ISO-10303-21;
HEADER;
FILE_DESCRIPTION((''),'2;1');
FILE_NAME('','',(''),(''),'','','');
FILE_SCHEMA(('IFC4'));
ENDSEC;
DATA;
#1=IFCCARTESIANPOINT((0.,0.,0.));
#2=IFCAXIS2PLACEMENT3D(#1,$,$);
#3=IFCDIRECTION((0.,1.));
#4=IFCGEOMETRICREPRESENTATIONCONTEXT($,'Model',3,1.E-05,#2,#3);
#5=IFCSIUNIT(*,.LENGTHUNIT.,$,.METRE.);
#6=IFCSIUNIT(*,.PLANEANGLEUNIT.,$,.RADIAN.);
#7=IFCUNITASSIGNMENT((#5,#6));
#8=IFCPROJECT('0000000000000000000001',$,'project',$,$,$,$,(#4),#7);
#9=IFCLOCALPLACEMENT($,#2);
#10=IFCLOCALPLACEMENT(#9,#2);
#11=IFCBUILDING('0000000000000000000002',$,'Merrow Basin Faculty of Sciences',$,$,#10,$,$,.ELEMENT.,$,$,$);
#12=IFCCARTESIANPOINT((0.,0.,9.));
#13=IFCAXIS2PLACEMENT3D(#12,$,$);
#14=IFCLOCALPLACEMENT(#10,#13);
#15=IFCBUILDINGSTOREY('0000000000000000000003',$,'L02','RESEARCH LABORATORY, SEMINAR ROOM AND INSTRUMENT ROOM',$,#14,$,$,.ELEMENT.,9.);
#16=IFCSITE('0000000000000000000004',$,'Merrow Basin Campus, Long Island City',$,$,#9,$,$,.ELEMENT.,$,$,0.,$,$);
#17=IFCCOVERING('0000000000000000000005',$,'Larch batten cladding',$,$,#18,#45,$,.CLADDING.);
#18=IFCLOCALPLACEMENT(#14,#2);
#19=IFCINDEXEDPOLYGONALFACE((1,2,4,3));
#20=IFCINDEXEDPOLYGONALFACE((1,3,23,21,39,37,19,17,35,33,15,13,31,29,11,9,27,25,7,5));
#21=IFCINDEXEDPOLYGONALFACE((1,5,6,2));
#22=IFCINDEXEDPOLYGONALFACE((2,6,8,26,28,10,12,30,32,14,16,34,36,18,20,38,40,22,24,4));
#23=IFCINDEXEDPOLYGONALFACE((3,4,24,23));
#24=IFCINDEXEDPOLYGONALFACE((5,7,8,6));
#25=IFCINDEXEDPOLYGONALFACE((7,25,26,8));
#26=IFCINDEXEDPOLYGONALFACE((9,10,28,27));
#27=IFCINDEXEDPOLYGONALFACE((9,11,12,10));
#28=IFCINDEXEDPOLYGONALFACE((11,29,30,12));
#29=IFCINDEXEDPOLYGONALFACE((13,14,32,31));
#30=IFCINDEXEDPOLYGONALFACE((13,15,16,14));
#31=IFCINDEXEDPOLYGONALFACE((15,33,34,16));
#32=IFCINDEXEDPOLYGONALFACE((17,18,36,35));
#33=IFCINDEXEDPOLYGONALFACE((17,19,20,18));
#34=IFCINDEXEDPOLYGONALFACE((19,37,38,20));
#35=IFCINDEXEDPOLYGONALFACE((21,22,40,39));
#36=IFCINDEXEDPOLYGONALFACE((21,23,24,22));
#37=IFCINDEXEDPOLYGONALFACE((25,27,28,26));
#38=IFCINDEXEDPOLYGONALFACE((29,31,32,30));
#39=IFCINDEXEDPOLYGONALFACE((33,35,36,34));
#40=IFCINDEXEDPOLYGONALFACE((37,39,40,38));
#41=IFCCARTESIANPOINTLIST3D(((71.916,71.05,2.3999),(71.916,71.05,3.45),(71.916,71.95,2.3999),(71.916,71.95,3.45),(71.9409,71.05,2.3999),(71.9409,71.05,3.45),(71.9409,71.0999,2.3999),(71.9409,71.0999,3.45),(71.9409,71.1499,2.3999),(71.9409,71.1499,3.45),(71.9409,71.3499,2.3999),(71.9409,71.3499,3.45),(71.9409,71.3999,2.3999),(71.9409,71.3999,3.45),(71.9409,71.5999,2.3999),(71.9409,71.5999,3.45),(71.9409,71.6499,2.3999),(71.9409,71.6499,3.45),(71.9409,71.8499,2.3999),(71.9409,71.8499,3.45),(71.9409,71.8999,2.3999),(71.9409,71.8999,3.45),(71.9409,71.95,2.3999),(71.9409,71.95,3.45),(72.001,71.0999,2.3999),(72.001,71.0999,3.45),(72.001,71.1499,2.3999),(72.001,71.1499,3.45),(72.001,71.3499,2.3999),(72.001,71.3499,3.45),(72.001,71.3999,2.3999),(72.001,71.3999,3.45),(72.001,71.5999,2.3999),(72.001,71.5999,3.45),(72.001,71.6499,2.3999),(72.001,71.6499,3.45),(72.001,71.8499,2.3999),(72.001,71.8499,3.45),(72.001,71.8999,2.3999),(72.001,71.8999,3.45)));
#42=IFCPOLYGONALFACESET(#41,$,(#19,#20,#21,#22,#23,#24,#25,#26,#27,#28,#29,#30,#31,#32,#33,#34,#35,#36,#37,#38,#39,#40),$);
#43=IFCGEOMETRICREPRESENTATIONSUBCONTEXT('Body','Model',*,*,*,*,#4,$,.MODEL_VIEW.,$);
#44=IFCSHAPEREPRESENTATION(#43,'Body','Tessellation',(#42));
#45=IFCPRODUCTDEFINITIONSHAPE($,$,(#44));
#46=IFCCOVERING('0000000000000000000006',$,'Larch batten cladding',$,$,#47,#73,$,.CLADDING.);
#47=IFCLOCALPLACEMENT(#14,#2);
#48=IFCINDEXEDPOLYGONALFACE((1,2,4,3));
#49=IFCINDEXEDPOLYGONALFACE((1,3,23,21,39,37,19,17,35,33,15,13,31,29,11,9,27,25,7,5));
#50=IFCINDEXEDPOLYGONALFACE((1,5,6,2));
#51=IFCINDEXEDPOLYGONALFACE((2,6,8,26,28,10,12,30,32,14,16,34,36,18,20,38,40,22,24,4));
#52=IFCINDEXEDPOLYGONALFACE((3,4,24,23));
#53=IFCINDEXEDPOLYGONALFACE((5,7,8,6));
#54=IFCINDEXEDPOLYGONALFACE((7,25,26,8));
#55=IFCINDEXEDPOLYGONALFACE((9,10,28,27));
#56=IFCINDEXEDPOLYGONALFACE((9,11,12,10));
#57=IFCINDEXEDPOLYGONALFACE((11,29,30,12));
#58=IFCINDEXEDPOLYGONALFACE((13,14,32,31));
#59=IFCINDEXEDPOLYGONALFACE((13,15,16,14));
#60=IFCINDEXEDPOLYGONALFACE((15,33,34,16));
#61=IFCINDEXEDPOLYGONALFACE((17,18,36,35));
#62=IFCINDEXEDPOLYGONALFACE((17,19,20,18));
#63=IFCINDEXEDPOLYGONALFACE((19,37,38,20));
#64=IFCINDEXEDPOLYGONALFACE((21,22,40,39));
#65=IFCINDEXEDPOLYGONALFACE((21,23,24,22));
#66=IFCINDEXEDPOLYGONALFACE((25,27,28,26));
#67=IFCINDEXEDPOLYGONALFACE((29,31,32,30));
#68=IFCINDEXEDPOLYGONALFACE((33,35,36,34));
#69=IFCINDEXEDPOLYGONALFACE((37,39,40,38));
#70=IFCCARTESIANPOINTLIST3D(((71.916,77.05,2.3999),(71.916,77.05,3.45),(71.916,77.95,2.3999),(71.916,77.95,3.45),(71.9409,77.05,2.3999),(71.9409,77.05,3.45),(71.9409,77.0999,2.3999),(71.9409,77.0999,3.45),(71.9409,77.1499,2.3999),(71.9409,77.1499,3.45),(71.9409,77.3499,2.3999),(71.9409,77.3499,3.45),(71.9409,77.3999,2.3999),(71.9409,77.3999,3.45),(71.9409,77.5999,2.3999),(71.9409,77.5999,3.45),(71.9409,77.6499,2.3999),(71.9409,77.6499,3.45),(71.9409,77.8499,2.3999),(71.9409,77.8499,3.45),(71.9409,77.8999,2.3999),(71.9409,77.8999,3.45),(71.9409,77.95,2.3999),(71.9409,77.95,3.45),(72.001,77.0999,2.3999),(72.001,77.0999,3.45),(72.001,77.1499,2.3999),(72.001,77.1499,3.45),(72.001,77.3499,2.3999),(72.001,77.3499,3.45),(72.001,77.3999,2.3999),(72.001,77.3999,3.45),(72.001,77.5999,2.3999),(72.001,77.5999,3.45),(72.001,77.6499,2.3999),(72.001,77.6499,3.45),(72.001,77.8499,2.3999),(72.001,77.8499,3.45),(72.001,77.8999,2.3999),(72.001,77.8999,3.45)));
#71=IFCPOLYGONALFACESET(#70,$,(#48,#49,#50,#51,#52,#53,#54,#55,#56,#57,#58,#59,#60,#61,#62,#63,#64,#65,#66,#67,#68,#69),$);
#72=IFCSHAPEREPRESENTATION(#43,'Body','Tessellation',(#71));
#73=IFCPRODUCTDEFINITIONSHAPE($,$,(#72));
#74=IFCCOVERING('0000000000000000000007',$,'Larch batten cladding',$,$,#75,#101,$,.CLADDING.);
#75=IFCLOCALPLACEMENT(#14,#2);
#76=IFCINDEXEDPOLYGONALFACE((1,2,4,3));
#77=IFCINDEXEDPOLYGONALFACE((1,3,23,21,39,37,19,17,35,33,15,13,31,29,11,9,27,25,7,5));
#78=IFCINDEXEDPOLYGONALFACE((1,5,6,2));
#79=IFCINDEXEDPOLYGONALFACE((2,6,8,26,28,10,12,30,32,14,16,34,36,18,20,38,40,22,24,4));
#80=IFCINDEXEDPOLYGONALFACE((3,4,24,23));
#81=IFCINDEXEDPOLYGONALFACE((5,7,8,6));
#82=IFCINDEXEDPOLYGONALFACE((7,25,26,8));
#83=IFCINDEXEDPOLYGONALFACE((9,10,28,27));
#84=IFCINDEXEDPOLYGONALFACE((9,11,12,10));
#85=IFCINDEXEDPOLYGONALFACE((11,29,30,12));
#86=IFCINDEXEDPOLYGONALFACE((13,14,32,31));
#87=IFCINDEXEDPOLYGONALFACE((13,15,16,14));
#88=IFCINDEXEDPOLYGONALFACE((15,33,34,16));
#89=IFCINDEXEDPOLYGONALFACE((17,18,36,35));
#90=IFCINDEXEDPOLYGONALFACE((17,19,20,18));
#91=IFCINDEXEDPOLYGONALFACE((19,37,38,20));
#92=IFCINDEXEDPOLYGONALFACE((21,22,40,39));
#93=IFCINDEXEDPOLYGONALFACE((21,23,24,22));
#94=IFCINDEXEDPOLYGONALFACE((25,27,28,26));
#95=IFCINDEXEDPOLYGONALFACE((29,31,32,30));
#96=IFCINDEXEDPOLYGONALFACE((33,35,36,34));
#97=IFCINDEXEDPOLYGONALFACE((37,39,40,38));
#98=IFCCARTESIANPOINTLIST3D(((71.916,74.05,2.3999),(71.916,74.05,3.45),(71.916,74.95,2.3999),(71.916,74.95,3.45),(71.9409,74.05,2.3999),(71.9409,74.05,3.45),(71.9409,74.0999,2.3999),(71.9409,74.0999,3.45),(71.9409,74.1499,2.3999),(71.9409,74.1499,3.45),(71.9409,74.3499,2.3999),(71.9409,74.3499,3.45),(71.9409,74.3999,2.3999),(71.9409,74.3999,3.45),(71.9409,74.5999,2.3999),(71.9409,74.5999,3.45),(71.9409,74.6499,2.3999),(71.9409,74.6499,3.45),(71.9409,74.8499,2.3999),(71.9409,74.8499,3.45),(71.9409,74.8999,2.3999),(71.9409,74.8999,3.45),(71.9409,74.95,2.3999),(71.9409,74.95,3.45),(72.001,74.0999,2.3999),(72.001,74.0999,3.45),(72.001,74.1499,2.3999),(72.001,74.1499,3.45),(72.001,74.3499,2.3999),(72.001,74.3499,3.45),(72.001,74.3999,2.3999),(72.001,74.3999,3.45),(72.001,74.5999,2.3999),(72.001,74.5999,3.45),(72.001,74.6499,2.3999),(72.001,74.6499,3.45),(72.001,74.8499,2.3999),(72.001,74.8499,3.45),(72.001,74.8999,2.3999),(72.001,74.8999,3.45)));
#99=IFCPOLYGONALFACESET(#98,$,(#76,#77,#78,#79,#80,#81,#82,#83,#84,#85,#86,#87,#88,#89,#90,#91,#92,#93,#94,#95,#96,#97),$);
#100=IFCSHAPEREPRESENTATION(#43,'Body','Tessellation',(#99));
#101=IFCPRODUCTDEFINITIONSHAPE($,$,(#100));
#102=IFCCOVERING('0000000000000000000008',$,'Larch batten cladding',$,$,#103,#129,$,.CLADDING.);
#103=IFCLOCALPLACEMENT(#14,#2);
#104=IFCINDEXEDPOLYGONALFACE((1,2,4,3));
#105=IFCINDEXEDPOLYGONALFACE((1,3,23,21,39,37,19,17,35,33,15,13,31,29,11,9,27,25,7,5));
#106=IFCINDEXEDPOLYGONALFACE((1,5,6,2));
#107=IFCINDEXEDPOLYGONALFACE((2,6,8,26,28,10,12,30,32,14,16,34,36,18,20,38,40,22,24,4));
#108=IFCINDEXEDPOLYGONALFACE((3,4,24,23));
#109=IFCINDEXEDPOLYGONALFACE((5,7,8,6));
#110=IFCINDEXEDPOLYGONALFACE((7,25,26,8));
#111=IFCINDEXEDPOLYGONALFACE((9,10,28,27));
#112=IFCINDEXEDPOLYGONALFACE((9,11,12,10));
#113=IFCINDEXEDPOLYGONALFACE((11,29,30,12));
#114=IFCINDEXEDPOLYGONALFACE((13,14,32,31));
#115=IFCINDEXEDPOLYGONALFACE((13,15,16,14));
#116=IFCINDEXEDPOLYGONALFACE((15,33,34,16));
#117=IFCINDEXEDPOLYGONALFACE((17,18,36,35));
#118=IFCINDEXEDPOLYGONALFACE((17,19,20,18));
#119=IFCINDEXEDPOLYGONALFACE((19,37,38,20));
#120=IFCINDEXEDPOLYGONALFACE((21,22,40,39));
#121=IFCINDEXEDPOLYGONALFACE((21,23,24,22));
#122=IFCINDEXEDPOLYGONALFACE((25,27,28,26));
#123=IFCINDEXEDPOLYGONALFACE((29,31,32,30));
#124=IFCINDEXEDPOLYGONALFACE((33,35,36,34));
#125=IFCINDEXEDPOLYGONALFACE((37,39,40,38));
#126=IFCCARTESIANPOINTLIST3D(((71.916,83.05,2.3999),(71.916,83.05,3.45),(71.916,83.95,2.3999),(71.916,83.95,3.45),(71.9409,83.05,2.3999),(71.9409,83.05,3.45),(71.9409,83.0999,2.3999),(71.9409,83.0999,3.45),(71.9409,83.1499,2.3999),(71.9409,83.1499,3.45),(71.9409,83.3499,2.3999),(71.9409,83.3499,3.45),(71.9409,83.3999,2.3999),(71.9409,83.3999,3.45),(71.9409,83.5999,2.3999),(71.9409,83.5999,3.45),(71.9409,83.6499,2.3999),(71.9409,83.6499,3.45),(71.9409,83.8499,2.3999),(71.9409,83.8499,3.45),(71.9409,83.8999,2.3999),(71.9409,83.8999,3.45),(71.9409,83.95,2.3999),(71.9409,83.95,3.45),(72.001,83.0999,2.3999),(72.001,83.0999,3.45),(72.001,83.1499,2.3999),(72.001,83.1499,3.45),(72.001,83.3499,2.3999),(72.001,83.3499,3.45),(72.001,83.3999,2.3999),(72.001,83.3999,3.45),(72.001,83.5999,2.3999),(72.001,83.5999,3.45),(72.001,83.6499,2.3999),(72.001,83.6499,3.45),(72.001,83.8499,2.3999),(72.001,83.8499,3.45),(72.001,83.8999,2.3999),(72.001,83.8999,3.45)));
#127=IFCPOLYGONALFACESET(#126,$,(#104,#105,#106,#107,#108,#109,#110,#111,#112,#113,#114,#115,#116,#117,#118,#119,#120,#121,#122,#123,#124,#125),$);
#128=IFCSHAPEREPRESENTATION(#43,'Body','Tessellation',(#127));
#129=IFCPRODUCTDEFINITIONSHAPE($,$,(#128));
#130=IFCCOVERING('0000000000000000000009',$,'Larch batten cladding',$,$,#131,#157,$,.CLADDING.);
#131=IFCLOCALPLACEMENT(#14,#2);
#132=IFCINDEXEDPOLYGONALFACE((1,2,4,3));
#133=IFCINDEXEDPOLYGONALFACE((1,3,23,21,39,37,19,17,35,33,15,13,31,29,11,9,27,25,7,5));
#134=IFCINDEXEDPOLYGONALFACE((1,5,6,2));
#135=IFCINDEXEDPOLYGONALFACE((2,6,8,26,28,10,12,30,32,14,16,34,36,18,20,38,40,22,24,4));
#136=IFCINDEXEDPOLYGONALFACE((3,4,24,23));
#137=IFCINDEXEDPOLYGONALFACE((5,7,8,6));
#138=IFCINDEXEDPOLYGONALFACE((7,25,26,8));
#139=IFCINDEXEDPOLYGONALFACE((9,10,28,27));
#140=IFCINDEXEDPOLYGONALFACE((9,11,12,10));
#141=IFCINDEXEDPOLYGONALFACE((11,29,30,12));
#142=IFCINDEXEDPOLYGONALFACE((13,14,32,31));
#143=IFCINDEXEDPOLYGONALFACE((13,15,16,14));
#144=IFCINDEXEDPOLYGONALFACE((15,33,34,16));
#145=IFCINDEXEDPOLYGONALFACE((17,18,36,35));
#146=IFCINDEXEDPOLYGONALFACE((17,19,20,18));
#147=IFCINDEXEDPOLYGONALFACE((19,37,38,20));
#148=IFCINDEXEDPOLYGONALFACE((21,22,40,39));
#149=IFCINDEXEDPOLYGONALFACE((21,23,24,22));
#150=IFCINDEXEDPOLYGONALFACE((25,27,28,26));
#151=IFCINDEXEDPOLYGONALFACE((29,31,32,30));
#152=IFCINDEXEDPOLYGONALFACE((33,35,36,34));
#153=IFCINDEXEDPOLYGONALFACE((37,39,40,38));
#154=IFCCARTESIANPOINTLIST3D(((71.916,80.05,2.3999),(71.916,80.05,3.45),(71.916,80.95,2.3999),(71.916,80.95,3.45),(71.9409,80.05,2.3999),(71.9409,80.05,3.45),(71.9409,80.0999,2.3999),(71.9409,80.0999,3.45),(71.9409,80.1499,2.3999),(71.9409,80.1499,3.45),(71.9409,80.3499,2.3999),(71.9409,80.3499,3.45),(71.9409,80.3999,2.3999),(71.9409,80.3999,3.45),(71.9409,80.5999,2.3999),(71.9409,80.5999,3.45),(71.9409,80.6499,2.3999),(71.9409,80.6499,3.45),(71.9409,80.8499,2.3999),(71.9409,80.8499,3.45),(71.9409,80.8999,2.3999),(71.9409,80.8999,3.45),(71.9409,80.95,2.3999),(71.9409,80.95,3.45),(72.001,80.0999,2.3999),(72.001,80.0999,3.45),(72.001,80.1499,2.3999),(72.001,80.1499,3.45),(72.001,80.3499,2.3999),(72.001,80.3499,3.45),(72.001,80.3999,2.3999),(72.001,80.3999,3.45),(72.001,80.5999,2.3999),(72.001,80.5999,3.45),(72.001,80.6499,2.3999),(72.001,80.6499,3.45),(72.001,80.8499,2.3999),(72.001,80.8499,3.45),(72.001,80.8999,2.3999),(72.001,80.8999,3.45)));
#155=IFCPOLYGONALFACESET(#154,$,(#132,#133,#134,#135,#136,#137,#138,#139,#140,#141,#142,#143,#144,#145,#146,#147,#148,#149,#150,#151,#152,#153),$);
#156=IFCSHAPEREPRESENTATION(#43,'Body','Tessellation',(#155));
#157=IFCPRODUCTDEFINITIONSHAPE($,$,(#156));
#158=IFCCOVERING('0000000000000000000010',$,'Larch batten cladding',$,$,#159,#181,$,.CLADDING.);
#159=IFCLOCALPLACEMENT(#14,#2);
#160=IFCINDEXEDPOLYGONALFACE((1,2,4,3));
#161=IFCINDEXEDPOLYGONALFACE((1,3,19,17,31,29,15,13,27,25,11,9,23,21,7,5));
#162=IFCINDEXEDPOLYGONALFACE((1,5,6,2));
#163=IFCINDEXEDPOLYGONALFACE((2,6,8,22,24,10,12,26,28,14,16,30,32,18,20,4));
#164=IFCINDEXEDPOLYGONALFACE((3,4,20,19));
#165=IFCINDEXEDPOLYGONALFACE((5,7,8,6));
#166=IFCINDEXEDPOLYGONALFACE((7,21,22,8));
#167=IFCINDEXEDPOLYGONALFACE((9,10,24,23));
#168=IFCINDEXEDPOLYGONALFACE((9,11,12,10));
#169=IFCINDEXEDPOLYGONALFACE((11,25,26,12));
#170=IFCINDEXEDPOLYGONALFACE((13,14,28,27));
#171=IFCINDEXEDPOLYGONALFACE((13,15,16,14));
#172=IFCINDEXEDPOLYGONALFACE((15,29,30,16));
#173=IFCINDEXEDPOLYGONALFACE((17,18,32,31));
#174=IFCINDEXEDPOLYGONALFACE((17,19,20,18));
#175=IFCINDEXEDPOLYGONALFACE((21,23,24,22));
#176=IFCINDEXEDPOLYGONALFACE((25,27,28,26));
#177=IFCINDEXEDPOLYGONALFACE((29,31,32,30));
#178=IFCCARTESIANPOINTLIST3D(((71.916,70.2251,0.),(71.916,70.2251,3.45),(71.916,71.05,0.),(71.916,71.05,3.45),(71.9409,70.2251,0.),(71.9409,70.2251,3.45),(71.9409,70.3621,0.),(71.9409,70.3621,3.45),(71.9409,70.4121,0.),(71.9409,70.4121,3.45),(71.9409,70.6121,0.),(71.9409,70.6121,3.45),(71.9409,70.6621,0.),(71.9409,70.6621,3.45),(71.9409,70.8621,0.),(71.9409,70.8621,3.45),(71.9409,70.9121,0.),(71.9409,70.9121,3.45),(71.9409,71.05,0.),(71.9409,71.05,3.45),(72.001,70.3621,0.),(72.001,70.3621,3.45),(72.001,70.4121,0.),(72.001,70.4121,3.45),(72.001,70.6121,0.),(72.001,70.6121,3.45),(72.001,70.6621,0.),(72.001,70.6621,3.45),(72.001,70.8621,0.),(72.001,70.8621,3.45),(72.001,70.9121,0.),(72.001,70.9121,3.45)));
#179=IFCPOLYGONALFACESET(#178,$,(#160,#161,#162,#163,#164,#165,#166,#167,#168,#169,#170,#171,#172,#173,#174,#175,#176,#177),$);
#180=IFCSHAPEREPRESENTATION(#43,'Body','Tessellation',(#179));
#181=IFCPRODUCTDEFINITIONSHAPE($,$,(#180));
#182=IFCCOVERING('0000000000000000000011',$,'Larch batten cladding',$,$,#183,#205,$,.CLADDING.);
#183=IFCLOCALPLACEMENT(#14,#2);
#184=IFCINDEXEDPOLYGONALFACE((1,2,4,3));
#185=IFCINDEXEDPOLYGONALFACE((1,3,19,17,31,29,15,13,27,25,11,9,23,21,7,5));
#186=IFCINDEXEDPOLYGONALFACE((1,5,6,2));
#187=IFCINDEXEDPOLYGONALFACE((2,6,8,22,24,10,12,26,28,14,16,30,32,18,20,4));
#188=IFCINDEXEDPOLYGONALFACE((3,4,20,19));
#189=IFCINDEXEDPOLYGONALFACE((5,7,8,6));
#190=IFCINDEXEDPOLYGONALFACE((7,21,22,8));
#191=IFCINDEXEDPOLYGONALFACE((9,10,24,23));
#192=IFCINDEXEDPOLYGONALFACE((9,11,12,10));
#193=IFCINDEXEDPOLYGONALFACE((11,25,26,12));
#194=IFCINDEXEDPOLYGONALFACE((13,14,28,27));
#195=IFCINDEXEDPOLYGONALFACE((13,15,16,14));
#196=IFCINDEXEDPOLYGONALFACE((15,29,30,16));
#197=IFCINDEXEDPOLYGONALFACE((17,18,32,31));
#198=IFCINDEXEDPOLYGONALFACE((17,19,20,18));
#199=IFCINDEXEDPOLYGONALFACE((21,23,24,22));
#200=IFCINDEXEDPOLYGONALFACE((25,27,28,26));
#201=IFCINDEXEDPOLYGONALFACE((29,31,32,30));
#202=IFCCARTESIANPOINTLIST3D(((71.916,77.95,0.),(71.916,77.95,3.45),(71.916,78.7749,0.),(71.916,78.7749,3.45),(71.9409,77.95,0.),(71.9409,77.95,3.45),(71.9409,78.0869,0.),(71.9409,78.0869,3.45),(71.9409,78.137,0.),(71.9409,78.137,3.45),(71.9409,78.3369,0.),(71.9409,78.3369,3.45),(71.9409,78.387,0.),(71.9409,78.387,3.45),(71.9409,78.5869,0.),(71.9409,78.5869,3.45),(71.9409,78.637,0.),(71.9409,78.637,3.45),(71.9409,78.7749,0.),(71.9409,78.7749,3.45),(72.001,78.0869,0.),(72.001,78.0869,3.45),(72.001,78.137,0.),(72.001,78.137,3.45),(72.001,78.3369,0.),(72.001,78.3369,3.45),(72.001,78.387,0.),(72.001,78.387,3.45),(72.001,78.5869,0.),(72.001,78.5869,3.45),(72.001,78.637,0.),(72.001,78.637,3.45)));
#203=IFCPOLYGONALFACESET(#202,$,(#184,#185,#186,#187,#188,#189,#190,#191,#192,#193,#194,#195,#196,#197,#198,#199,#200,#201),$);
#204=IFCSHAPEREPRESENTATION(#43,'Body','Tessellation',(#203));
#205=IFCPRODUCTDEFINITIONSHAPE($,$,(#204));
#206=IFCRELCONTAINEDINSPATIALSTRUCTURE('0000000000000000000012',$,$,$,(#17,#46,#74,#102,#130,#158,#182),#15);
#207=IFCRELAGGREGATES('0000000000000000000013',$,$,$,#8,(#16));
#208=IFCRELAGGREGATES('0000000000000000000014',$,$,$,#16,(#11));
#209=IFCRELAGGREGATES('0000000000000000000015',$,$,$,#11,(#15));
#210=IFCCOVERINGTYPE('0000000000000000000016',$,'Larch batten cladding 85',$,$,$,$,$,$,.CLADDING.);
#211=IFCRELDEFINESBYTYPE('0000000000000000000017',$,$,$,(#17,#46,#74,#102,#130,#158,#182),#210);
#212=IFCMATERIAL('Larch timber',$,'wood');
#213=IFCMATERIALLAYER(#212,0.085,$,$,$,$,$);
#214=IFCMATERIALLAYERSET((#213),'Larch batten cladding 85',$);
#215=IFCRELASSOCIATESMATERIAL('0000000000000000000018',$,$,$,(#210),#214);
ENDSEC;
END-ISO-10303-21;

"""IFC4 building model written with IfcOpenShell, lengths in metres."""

from ifc_helpers import new_model, si_unit, direction, frame, origin, place, context, subcontext, project, spatial, polyline, outline, extrude, source, transform, mapped, material, layer, layer_set, type_object, element, save


model = new_model("IFC4")

# Units and contexts
model_context = context("Model", 3, precision=1e-05, world=origin(), true_north=direction((0.0, 1.0)))
body_context = subcontext(model_context, "Body", "Model", "MODEL_VIEW")
ifc_project = project(units=[si_unit("LENGTHUNIT", "METRE"), si_unit("PLANEANGLEUNIT", "RADIAN")], contexts=[model_context])

# Site, building, storey
site_placement = place(None, origin())
site = spatial("IfcSite", under=ifc_project, at=site_placement, Name="Merrow Basin Campus, Long Island City", CompositionType="ELEMENT", RefElevation=0.0)
building_placement = place(site_placement, origin())
building = spatial("IfcBuilding", under=site, at=building_placement, Name="Merrow Basin Faculty of Sciences", CompositionType="ELEMENT")
storey_placement = place(building_placement, frame((0.0, 0.0, 9.0)))
storey = spatial("IfcBuildingStorey", under=building, at=storey_placement, Name="L02", Description="RESEARCH LABORATORY, SEMINAR ROOM AND INSTRUMENT ROOM", CompositionType="ELEMENT", Elevation=9.0)

# Coverings
ifc_material_1 = material(Name="Larch timber", Category="wood")
ifc_layer_1 = layer(ifc_material_1, 0.085)
ifc_layer_set_1 = layer_set([ifc_layer_1], Name="Larch batten cladding 85")
covering_type = type_object("IfcCoveringType", Name="Larch batten cladding 85", PredefinedType="CLADDING", material=ifc_layer_set_1)
shared_shape_1 = source(origin(), body_context, "Body", "SweptSolid", [
    extrude(outline(polyline([(0.0, 0.0), (0.8999, 0.0), (0.8999, 0.0249), (0.8501, 0.0249), (0.8501, 0.085), (0.8, 0.085), (0.8, 0.0249), (0.6001, 0.0249), (0.6001, 0.085), (0.55, 0.085), (0.55, 0.0249), (0.3501, 0.0249), (0.3501, 0.085), (0.3, 0.085), (0.3, 0.0249), (0.1001, 0.0249), (0.1001, 0.085), (0.05, 0.085), (0.05, 0.0249), (0.0, 0.0249), (0.0, 0.0)])), origin(), (0.0, 0.0, 1.0), 1.05),
])
for number, where, z_axis, x_axis, name in (
    (1, (71.916, 71.95, 2.3999), (0.0, 0.0, 1.0), (0.0, -1.0, 0.0), "Larch batten cladding"),
    (2, (71.916, 77.95, 2.3999), (0.0, 0.0, 1.0), (0.0, -1.0, 0.0), "Larch batten cladding"),
    (3, (71.916, 74.95, 2.3999), (0.0, 0.0, 1.0), (0.0, -1.0, 0.0), "Larch batten cladding"),
    (4, (71.916, 83.95, 2.3999), (0.0, 0.0, 1.0), (0.0, -1.0, 0.0), "Larch batten cladding"),
    (5, (71.916, 80.95, 2.3999), (0.0, 0.0, 1.0), (0.0, -1.0, 0.0), "Larch batten cladding"),
):
    element("IfcCovering", number, at=place(storey_placement, frame(where, z_axis=z_axis, x_axis=x_axis)), inside=storey, type_object=covering_type, Name=name, PredefinedType="CLADDING", context=body_context, shape_type="MappedRepresentation", body=[
        mapped(shared_shape_1, transform((0.0, 0.0, 0.0), scale=1.0)),
    ])
shared_shape_2 = source(origin(), body_context, "Body", "SweptSolid", [
    extrude(outline(polyline([(0.0, 0.0), (0.825, 0.0), (0.825, 0.0249), (0.688, 0.0249), (0.688, 0.085), (0.6379, 0.085), (0.6379, 0.0249), (0.438, 0.0249), (0.438, 0.085), (0.3879, 0.085), (0.3879, 0.0249), (0.188, 0.0249), (0.188, 0.085), (0.1379, 0.085), (0.1379, 0.0249), (0.0, 0.0249), (0.0, 0.0)])), origin(), (0.0, 0.0, 1.0), 3.45),
])
for number, where, z_axis, x_axis, name in (
    (6, (71.916, 71.05, 0.0), (0.0, 0.0, 1.0), (0.0, -1.0, 0.0), "Larch batten cladding"),
    (7, (71.916, 78.7749, 0.0), (0.0, 0.0, 1.0), (0.0, -1.0, 0.0), "Larch batten cladding"),
):
    element("IfcCovering", number, at=place(storey_placement, frame(where, z_axis=z_axis, x_axis=x_axis)), inside=storey, type_object=covering_type, Name=name, PredefinedType="CLADDING", context=body_context, shape_type="MappedRepresentation", body=[
        mapped(shared_shape_2, transform((0.0, 0.0, 0.0), scale=1.0)),
    ])

save(model, "model.ifc")
